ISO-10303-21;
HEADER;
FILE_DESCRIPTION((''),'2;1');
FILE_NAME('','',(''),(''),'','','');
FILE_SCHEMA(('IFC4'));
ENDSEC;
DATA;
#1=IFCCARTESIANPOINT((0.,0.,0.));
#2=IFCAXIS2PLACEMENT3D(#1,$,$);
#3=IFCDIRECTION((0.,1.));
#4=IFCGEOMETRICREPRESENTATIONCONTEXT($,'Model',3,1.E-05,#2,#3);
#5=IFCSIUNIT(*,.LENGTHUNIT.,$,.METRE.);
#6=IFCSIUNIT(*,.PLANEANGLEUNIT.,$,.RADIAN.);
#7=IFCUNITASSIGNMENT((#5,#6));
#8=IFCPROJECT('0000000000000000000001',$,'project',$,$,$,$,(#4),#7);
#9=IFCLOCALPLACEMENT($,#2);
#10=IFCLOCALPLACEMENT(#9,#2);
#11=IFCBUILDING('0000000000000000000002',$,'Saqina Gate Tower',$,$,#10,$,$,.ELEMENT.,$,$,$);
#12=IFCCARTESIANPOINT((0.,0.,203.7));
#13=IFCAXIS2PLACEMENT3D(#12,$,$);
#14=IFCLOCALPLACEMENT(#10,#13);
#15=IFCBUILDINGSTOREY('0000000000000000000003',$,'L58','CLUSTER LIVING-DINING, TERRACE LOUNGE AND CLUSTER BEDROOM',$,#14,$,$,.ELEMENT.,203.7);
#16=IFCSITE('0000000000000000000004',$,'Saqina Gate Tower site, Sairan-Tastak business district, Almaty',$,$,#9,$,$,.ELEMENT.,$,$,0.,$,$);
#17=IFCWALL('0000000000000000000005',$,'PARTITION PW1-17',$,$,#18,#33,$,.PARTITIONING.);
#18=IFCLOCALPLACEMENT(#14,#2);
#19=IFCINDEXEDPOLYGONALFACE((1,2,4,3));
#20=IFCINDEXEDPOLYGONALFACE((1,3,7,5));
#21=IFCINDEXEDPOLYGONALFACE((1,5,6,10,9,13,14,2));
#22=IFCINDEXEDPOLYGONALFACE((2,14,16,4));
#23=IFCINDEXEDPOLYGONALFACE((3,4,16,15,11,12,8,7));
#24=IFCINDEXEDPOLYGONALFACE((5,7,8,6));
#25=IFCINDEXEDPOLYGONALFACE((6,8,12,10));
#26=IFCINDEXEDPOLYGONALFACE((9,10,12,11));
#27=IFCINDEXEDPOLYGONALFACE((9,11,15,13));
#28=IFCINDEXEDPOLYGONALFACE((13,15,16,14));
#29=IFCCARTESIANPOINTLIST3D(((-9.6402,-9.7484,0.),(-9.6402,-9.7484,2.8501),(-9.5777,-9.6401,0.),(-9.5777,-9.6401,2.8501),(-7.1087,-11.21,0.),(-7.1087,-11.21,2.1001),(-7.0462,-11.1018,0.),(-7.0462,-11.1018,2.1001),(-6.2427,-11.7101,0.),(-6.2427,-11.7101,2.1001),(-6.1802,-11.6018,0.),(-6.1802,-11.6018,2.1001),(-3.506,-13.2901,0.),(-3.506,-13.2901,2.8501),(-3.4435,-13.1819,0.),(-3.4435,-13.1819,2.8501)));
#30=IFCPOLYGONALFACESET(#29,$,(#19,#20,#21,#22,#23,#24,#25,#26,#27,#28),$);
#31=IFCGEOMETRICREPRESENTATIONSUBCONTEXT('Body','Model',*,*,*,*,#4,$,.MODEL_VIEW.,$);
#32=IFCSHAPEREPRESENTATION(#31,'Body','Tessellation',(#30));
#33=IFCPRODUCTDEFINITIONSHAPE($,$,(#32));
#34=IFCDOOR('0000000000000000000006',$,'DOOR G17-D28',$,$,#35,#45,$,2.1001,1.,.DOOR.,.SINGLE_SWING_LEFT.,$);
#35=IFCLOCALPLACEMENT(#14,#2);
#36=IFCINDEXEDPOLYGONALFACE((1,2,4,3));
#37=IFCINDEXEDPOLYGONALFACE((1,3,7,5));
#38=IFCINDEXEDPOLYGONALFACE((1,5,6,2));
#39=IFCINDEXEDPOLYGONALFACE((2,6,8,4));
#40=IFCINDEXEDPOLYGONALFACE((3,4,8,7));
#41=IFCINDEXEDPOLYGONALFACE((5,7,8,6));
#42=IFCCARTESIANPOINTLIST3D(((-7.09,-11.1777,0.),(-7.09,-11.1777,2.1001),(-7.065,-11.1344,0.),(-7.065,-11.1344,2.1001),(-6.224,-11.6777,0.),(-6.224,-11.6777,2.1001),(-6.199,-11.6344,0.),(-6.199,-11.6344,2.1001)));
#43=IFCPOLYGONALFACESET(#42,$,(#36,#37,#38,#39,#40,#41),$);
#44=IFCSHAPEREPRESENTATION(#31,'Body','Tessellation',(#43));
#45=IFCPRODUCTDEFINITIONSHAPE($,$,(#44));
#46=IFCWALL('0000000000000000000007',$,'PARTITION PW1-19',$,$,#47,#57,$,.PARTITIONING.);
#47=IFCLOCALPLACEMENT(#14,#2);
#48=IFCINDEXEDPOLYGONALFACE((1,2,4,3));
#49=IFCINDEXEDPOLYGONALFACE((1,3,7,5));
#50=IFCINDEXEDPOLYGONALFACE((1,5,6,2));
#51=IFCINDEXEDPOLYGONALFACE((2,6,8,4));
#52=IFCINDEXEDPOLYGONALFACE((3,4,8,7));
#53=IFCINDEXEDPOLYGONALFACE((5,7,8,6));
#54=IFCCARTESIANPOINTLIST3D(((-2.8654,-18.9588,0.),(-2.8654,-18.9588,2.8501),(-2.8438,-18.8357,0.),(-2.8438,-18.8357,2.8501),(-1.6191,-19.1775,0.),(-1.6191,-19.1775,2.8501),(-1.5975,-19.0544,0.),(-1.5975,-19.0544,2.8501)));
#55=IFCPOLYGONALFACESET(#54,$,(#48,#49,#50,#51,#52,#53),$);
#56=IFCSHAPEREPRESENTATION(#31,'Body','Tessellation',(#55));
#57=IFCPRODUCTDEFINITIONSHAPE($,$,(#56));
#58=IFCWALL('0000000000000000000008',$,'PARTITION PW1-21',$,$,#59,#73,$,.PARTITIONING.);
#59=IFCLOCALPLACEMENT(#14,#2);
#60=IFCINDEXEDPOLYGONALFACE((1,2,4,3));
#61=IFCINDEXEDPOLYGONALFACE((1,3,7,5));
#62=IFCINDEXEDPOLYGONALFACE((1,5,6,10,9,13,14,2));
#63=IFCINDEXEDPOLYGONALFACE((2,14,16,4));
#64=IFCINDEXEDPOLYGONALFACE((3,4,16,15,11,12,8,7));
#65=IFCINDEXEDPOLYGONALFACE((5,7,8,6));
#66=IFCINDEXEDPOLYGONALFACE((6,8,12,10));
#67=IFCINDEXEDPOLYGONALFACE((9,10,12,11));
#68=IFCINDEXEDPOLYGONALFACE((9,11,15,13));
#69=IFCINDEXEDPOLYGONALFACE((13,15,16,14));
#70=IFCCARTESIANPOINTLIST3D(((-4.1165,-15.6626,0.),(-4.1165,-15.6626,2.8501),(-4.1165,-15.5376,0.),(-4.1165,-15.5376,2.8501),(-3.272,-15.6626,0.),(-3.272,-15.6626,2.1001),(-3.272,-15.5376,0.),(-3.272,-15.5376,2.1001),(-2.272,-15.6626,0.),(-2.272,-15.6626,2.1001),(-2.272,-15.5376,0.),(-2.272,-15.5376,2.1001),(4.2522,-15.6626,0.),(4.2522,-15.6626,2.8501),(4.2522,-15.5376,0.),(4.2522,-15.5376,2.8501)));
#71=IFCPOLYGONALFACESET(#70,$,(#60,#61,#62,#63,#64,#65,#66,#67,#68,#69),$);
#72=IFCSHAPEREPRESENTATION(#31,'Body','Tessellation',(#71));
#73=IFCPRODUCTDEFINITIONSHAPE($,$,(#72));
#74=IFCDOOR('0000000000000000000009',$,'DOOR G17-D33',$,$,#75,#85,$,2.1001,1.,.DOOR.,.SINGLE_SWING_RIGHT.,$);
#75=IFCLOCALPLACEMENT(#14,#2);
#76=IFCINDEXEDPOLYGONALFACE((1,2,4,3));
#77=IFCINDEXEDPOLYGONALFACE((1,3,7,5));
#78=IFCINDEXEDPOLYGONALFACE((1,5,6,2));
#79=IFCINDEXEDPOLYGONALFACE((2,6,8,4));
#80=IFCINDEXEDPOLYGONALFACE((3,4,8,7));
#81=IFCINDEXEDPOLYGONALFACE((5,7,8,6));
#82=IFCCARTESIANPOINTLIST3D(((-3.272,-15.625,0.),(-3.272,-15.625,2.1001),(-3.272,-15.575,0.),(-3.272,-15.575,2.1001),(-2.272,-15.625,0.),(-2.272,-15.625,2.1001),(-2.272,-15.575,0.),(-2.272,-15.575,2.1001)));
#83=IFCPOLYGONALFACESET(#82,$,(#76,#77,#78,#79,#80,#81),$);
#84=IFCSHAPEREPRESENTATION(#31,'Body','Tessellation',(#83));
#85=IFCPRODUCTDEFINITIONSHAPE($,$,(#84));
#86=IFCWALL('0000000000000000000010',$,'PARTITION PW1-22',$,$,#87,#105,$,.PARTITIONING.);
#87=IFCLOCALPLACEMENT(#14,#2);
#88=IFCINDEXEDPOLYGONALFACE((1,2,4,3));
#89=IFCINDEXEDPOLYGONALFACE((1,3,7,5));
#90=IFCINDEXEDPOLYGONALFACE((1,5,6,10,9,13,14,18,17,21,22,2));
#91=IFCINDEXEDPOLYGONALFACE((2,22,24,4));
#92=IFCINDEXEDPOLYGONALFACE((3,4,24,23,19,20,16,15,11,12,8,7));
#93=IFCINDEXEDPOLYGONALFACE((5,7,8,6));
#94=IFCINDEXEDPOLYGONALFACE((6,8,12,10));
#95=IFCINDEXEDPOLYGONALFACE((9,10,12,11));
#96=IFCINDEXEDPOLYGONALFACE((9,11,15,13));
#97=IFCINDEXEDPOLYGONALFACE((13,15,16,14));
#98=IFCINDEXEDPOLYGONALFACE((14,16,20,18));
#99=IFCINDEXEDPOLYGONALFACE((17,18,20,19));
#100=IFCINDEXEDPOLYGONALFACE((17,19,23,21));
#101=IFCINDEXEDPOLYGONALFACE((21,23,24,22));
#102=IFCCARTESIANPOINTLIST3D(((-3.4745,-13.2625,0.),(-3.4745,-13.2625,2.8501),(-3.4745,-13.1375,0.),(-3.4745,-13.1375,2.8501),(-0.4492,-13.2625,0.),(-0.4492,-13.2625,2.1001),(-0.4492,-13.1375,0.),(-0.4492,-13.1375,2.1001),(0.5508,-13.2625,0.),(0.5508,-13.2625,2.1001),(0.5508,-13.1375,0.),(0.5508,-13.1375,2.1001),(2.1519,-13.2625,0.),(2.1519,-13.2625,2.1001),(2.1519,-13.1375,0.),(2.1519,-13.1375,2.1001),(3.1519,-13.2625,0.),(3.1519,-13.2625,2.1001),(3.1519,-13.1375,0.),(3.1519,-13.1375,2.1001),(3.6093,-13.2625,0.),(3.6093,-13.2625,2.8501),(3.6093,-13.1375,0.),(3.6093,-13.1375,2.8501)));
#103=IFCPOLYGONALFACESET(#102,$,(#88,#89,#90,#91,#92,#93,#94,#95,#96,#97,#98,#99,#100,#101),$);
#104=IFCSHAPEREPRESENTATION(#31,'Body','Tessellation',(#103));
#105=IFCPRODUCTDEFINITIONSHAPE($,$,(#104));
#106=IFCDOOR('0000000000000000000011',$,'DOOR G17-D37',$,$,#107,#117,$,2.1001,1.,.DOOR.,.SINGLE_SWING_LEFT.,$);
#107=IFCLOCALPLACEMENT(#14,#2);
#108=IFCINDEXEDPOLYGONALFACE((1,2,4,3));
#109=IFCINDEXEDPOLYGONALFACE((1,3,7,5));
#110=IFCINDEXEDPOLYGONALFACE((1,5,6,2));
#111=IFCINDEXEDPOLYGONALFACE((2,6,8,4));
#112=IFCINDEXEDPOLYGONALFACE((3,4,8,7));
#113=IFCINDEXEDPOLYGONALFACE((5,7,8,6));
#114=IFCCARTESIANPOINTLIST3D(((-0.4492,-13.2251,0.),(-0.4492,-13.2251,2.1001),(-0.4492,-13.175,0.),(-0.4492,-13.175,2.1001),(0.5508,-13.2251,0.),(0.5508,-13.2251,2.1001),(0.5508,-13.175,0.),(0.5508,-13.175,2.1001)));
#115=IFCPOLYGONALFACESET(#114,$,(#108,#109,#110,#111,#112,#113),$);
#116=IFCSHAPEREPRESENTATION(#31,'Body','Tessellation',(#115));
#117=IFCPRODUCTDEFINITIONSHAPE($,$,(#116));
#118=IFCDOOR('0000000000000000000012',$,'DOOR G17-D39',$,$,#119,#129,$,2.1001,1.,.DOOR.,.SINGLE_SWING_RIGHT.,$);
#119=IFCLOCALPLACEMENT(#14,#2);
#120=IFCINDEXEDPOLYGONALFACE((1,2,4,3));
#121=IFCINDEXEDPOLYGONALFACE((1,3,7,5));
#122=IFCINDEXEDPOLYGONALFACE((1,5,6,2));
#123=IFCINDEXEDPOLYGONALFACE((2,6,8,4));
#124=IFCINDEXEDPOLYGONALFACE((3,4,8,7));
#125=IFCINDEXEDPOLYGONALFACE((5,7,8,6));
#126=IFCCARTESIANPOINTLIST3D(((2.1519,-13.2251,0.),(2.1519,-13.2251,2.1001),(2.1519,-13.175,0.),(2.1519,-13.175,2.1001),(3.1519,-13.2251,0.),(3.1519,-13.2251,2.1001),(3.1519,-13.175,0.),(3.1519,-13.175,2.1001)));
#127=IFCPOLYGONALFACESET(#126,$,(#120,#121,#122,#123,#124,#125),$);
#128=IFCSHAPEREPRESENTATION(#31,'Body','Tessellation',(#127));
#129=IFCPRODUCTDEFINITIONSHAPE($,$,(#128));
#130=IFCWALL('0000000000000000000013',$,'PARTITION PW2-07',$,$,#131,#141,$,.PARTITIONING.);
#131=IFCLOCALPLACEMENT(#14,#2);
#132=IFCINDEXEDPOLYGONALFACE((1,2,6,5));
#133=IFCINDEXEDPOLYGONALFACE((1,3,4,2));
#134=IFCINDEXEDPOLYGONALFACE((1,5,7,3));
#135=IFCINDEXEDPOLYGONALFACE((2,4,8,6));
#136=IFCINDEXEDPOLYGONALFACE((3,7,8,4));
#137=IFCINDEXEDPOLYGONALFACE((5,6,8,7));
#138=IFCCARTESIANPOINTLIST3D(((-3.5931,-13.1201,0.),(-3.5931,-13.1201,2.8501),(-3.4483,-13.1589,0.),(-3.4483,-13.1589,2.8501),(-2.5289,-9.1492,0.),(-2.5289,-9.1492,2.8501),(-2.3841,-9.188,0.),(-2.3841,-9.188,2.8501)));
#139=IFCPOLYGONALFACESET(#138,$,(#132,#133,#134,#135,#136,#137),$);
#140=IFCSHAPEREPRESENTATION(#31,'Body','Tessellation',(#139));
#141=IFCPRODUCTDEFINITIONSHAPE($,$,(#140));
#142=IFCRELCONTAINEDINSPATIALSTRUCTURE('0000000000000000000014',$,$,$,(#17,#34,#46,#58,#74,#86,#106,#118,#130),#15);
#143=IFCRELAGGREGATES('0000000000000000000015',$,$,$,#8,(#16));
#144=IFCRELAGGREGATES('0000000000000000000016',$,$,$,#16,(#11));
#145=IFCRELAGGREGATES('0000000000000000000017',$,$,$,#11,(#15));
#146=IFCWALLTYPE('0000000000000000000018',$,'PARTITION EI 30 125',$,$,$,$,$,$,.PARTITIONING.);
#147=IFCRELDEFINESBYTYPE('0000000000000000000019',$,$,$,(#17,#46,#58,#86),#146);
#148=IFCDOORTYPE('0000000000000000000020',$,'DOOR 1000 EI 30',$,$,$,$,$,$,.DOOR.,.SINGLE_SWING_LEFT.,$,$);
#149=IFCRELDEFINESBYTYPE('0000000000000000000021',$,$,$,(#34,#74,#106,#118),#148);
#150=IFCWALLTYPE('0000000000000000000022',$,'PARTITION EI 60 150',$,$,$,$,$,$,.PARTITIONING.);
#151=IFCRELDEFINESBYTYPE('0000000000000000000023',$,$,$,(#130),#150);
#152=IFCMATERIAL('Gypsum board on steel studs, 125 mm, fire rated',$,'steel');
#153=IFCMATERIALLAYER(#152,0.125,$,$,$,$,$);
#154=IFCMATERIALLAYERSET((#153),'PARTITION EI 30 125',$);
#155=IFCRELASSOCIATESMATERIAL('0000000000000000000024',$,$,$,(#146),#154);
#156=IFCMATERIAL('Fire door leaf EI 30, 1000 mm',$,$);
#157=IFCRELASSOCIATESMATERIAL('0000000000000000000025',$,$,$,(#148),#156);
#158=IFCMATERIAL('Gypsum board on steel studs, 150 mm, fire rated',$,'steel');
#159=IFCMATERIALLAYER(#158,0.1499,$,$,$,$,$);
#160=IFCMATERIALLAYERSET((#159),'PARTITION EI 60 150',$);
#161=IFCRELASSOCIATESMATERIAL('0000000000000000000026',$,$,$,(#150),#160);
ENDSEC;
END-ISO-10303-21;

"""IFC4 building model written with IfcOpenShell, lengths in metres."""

from ifc_helpers import new_model, si_unit, direction, frame, frame_2d, origin, place, context, subcontext, project, spatial, rectangle, extrude, material, layer, layer_set, type_object, element, fill, save


model = new_model("IFC4")

# Units and contexts
model_context = context("Model", 3, precision=1e-05, world=origin(), true_north=direction((0.0, 1.0)))
body_context = subcontext(model_context, "Body", "Model", "MODEL_VIEW")
ifc_project = project(units=[si_unit("LENGTHUNIT", "METRE"), si_unit("PLANEANGLEUNIT", "RADIAN")], contexts=[model_context])

# Site, building, storey
site_placement = place(None, origin())
site = spatial("IfcSite", under=ifc_project, at=site_placement, Name="Saqina Gate Tower site, Sairan-Tastak business district, Almaty", CompositionType="ELEMENT", RefElevation=0.0)
building_placement = place(site_placement, origin())
building = spatial("IfcBuilding", under=site, at=building_placement, Name="Saqina Gate Tower", CompositionType="ELEMENT")
storey_placement = place(building_placement, frame((0.0, 0.0, 203.7)))
storey = spatial("IfcBuildingStorey", under=building, at=storey_placement, Name="L58", Description="CLUSTER LIVING-DINING, TERRACE LOUNGE AND CLUSTER BEDROOM", CompositionType="ELEMENT", Elevation=203.7)

# Wall, opening, door
ifc_material_1 = material(Name="Gypsum board on steel studs, 125 mm, fire rated", Category="steel")
ifc_layer_1 = layer(ifc_material_1, 0.125)
ifc_layer_set_1 = layer_set([ifc_layer_1], Name="PARTITION EI 30 125")
wall_type_1 = type_object("IfcWallType", Name="PARTITION EI 30 125", PredefinedType="PARTITIONING", material=ifc_layer_set_1)
wall_1_placement = place(storey_placement, frame((-9.6089, -9.6943, 0.0), z_axis=(0.0, 0.0, 1.0), x_axis=(0.866018, -0.500013, 0.0)))
wall_1 = element("IfcWall", 1, at=wall_1_placement, inside=storey, type_object=wall_type_1, Name="PARTITION PW1-17", PredefinedType="PARTITIONING", context=body_context, shape_type="SweptSolid", body=[
    extrude(rectangle(XDim=7.0833, YDim=0.125, at=frame_2d((3.5415, 0.0))), origin(), (0.0, 0.0, 1.0), 2.8501),
])
opening_1_placement = place(wall_1_placement, frame((2.9231, 0.0, 0.0)))
opening_1 = element("IfcOpeningElement", 2, at=opening_1_placement, cuts=wall_1, PredefinedType="OPENING", context=body_context, shape_type="SweptSolid", body=[
    extrude(rectangle(XDim=1.0, YDim=2.1001, at=frame_2d((0.5, 1.05))), frame((0.0, 0.0745, 0.0), z_axis=(0.0, -1.0, 0.0), x_axis=(1.0, 0.0, 0.0)), (0.0, 0.0, 1.0), 0.1489),
])
ifc_material_2 = material(Name="Fire door leaf EI 30, 1000 mm")
door_type_1 = type_object("IfcDoorType", Name="DOOR 1000 EI 30", OperationType="SINGLE_SWING_LEFT", PredefinedType="DOOR", material=ifc_material_2)
door_1_placement = place(opening_1_placement, origin())
door_1 = element("IfcDoor", 3, at=door_1_placement, inside=storey, type_object=door_type_1, Name="DOOR G17-D28", OperationType="SINGLE_SWING_LEFT", OverallHeight=2.1001, OverallWidth=1.0, PredefinedType="DOOR", context=body_context, shape_type="SweptSolid", body=[
    extrude(rectangle(XDim=1.0, YDim=2.1001, at=frame_2d((0.5, 1.05))), frame((0.0, 0.0249, 0.0), z_axis=(0.0, -1.0, 0.0), x_axis=(1.0, 0.0, 0.0)), (0.0, 0.0, 1.0), 0.05),
])
fill(opening_1, door_1)

# Wall
wall_2_placement = place(storey_placement, frame((-2.8547, -18.8972, 0.0), z_axis=(0.0, 0.0, 1.0), x_axis=(0.984944, -0.172872, 0.0)))
element("IfcWall", 4, at=wall_2_placement, inside=storey, type_object=wall_type_1, Name="PARTITION PW1-19", PredefinedType="PARTITIONING", context=body_context, shape_type="SweptSolid", body=[
    extrude(rectangle(XDim=1.2654, YDim=0.125, at=frame_2d((0.6328, 0.0))), origin(), (0.0, 0.0, 1.0), 2.8501),
])

# Wall, opening, door
wall_3_placement = place(storey_placement, frame((-4.1165, -15.6001, 0.0), z_axis=(0.0, 0.0, 1.0), x_axis=(1.0, 0.0, 0.0)))
wall_3 = element("IfcWall", 5, at=wall_3_placement, inside=storey, type_object=wall_type_1, Name="PARTITION PW1-21", PredefinedType="PARTITIONING", context=body_context, shape_type="SweptSolid", body=[
    extrude(rectangle(XDim=8.3687, YDim=0.125, at=frame_2d((4.1843, 0.0))), origin(), (0.0, 0.0, 1.0), 2.8501),
])
opening_2_placement = place(wall_3_placement, frame((0.8445, 0.0, 0.0)))
opening_2 = element("IfcOpeningElement", 6, at=opening_2_placement, cuts=wall_3, PredefinedType="OPENING", context=body_context, shape_type="SweptSolid", body=[
    extrude(rectangle(XDim=1.0, YDim=2.1001, at=frame_2d((0.5, 1.05))), frame((0.0, 0.0745, 0.0), z_axis=(0.0, -1.0, 0.0), x_axis=(1.0, 0.0, 0.0)), (0.0, 0.0, 1.0), 0.1489),
])
door_2_placement = place(opening_2_placement, frame((1.0, 0.0, 0.0), z_axis=(0.0, 0.0, 1.0), x_axis=(-1.0, 0.0, 0.0)))
door_2 = element("IfcDoor", 7, at=door_2_placement, inside=storey, type_object=door_type_1, Name="DOOR G17-D33", OperationType="SINGLE_SWING_RIGHT", OverallHeight=2.1001, OverallWidth=1.0, PredefinedType="DOOR", context=body_context, shape_type="SweptSolid", body=[
    extrude(rectangle(XDim=1.0, YDim=2.1001, at=frame_2d((0.5, 1.05))), frame((0.0, 0.0249, 0.0), z_axis=(0.0, -1.0, 0.0), x_axis=(1.0, 0.0, 0.0)), (0.0, 0.0, 1.0), 0.05),
])
fill(opening_2, door_2)

# Wall, openings, doors
wall_4_placement = place(storey_placement, frame((-3.4746, -13.2, 0.0), z_axis=(0.0, 0.0, 1.0), x_axis=(1.0, 0.0, 0.0)))
wall_4 = element("IfcWall", 8, at=wall_4_placement, inside=storey, type_object=wall_type_1, Name="PARTITION PW1-22", PredefinedType="PARTITIONING", context=body_context, shape_type="SweptSolid", body=[
    extrude(rectangle(XDim=7.0837, YDim=0.125, at=frame_2d((3.542, 0.0))), origin(), (0.0, 0.0, 1.0), 2.8501),
])
opening_3_placement = place(wall_4_placement, frame((3.0254, 0.0, 0.0)))
opening_3 = element("IfcOpeningElement", 9, at=opening_3_placement, cuts=wall_4, PredefinedType="OPENING", context=body_context, shape_type="SweptSolid", body=[
    extrude(rectangle(XDim=1.0, YDim=2.1001, at=frame_2d((0.5, 1.05))), frame((0.0, 0.0745, 0.0), z_axis=(0.0, -1.0, 0.0), x_axis=(1.0, 0.0, 0.0)), (0.0, 0.0, 1.0), 0.1489),
])
opening_4_placement = place(wall_4_placement, frame((5.6265, 0.0, 0.0)))
opening_4 = element("IfcOpeningElement", 10, at=opening_4_placement, cuts=wall_4, PredefinedType="OPENING", context=body_context, shape_type="SweptSolid", body=[
    extrude(rectangle(XDim=1.0, YDim=2.1001, at=frame_2d((0.5, 1.05))), frame((0.0, 0.0745, 0.0), z_axis=(0.0, -1.0, 0.0), x_axis=(1.0, 0.0, 0.0)), (0.0, 0.0, 1.0), 0.1489),
])
door_3_placement = place(opening_3_placement, origin())
door_3 = element("IfcDoor", 11, at=door_3_placement, inside=storey, type_object=door_type_1, Name="DOOR G17-D37", OperationType="SINGLE_SWING_LEFT", OverallHeight=2.1001, OverallWidth=1.0, PredefinedType="DOOR", context=body_context, shape_type="SweptSolid", body=[
    extrude(rectangle(XDim=1.0, YDim=2.1001, at=frame_2d((0.5, 1.05))), frame((0.0, 0.0249, 0.0), z_axis=(0.0, -1.0, 0.0), x_axis=(1.0, 0.0, 0.0)), (0.0, 0.0, 1.0), 0.05),
])
fill(opening_3, door_3)
door_4_placement = place(opening_4_placement, origin())
door_4 = element("IfcDoor", 12, at=door_4_placement, inside=storey, type_object=door_type_1, Name="DOOR G17-D39", OperationType="SINGLE_SWING_RIGHT", OverallHeight=2.1001, OverallWidth=1.0, PredefinedType="DOOR", context=body_context, shape_type="SweptSolid", body=[
    extrude(rectangle(XDim=1.0, YDim=2.1001, at=frame_2d((0.5, 1.05))), frame((0.0, 0.0249, 0.0), z_axis=(0.0, -1.0, 0.0), x_axis=(1.0, 0.0, 0.0)), (0.0, 0.0, 1.0), 0.05),
])
fill(opening_4, door_4)

# Wall
ifc_material_3 = material(Name="Gypsum board on steel studs, 150 mm, fire rated", Category="steel")
ifc_layer_2 = layer(ifc_material_3, 0.1499)
ifc_layer_set_2 = layer_set([ifc_layer_2], Name="PARTITION EI 60 150")
wall_type_2 = type_object("IfcWallType", Name="PARTITION EI 60 150", PredefinedType="PARTITIONING", material=ifc_layer_set_2)
wall_5_placement = place(storey_placement, frame((-3.5208, -13.1396, 0.0), z_axis=(0.0, 0.0, 1.0), x_axis=(0.258864, 0.965914, 0.0)))
element("IfcWall", 13, at=wall_5_placement, inside=storey, type_object=wall_type_2, Name="PARTITION PW2-07", PredefinedType="PARTITIONING", context=body_context, shape_type="SweptSolid", body=[
    extrude(rectangle(XDim=4.1111, YDim=0.1499, at=frame_2d((2.0557, 0.0))), origin(), (0.0, 0.0, 1.0), 2.8501),
])

save(model, "model.ifc")
